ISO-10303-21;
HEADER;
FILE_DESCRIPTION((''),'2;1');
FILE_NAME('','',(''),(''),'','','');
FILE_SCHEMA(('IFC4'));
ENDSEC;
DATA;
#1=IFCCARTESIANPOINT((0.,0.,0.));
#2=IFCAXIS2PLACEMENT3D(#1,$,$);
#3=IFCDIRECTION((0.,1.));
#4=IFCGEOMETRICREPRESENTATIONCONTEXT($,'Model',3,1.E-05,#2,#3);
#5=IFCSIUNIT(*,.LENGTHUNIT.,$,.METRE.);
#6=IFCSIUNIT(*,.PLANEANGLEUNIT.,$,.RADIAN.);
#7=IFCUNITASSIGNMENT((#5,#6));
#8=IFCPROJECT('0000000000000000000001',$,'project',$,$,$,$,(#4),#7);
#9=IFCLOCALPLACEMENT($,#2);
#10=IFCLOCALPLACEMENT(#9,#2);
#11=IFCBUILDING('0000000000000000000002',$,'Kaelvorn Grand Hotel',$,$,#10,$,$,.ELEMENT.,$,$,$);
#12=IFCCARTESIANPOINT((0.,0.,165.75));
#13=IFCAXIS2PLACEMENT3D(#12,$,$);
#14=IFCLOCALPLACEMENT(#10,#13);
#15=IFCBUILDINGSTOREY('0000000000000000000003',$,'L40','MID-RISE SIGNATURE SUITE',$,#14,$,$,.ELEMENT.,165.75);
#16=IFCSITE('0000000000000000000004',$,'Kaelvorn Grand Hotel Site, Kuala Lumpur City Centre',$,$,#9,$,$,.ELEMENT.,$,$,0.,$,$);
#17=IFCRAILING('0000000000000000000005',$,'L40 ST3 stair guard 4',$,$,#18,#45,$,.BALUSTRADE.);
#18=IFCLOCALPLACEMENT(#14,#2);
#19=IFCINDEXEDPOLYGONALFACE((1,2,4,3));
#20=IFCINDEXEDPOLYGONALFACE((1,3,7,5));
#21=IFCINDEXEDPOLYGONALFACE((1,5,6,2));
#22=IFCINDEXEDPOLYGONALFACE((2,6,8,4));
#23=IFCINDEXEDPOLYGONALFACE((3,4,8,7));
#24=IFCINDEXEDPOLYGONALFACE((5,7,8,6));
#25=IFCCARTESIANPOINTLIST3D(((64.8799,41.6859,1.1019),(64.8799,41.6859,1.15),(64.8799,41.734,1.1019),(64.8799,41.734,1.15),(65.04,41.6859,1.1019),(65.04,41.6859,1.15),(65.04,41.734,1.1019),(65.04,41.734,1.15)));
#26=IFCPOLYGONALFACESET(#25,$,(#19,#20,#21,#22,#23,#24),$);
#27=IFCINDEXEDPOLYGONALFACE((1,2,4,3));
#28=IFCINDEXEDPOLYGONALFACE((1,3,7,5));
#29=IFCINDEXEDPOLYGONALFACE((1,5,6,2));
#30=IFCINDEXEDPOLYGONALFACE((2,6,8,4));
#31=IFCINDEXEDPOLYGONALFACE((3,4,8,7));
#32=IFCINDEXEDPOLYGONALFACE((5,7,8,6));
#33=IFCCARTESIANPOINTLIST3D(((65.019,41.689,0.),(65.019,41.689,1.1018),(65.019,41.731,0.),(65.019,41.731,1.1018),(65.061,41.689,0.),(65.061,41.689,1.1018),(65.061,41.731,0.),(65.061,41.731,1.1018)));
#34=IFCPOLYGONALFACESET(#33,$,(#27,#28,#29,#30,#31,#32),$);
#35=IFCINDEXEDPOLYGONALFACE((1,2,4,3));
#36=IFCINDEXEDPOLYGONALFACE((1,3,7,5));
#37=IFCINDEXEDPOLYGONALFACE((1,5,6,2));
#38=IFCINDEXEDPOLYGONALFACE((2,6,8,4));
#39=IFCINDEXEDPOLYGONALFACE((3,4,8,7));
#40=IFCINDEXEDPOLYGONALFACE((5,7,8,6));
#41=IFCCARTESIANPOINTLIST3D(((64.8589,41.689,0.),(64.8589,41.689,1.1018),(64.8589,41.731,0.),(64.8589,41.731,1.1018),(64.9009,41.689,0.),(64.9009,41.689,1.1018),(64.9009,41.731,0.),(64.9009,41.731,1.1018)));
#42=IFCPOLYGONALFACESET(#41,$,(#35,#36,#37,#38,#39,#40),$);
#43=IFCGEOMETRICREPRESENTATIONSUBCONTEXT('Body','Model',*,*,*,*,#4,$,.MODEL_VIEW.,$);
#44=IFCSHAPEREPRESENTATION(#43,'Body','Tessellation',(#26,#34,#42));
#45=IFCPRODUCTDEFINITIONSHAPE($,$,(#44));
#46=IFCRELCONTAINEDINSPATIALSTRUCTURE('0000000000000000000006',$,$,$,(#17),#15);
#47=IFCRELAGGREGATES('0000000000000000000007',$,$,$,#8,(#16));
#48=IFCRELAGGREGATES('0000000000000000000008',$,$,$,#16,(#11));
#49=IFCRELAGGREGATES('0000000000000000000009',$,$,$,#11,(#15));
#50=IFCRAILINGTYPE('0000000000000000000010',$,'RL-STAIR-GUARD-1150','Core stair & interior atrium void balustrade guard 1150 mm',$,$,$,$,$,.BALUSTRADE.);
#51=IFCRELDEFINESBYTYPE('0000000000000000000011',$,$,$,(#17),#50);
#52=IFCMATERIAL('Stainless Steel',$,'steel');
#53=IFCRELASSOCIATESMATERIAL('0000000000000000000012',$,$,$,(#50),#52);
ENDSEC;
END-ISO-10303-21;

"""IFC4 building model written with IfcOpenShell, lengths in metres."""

from ifc_helpers import new_model, si_unit, direction, frame, origin, origin_2d, place, context, subcontext, project, spatial, rectangle, extrude, material, type_object, element, save


model = new_model("IFC4")

# Units and contexts
model_context = context("Model", 3, precision=1e-05, world=origin(), true_north=direction((0.0, 1.0)))
body_context = subcontext(model_context, "Body", "Model", "MODEL_VIEW")
ifc_project = project(units=[si_unit("LENGTHUNIT", "METRE"), si_unit("PLANEANGLEUNIT", "RADIAN")], contexts=[model_context])

# Site, building, storey
site_placement = place(None, origin())
site = spatial("IfcSite", under=ifc_project, at=site_placement, Name="Kaelvorn Grand Hotel Site, Kuala Lumpur City Centre", CompositionType="ELEMENT", RefElevation=0.0)
building_placement = place(site_placement, origin())
building = spatial("IfcBuilding", under=site, at=building_placement, Name="Kaelvorn Grand Hotel", CompositionType="ELEMENT")
storey_placement = place(building_placement, frame((0.0, 0.0, 165.75)))
storey = spatial("IfcBuildingStorey", under=building, at=storey_placement, Name="L40", Description="MID-RISE SIGNATURE SUITE", CompositionType="ELEMENT", Elevation=165.75)

# Shared definitions
ifc_material_1 = material(Name="Stainless Steel", Category="steel")

# Railing
railing_type_1 = type_object("IfcRailingType", Name="RL-STAIR-GUARD-1150", Description="Core stair & interior atrium void balustrade guard 1150 mm", PredefinedType="BALUSTRADE", material=ifc_material_1)
railing_1_placement = place(storey_placement, frame((65.04, 41.71, 0.0)))
element("IfcRailing", 1, at=railing_1_placement, inside=storey, type_object=railing_type_1, Name="L40 ST3 stair guard 4", PredefinedType="BALUSTRADE", context=body_context, shape_type="SweptSolid", body=[
    extrude(rectangle(XDim=0.0481, YDim=0.0481, at=origin_2d()), frame((0.0, 0.0, 1.126), z_axis=(-1.0, 0.0, 0.0), x_axis=(0.0, -1.0, 0.0)), (0.0, 0.0, 1.0), 0.1602),
    extrude(rectangle(XDim=0.042, YDim=0.042, at=origin_2d()), origin(), (0.0, 0.0, 1.0), 1.1018),
    extrude(rectangle(XDim=0.042, YDim=0.042, at=origin_2d()), frame((-0.1602, 0.0, 0.0)), (0.0, 0.0, 1.0), 1.1018),
])

save(model, "model.ifc")
